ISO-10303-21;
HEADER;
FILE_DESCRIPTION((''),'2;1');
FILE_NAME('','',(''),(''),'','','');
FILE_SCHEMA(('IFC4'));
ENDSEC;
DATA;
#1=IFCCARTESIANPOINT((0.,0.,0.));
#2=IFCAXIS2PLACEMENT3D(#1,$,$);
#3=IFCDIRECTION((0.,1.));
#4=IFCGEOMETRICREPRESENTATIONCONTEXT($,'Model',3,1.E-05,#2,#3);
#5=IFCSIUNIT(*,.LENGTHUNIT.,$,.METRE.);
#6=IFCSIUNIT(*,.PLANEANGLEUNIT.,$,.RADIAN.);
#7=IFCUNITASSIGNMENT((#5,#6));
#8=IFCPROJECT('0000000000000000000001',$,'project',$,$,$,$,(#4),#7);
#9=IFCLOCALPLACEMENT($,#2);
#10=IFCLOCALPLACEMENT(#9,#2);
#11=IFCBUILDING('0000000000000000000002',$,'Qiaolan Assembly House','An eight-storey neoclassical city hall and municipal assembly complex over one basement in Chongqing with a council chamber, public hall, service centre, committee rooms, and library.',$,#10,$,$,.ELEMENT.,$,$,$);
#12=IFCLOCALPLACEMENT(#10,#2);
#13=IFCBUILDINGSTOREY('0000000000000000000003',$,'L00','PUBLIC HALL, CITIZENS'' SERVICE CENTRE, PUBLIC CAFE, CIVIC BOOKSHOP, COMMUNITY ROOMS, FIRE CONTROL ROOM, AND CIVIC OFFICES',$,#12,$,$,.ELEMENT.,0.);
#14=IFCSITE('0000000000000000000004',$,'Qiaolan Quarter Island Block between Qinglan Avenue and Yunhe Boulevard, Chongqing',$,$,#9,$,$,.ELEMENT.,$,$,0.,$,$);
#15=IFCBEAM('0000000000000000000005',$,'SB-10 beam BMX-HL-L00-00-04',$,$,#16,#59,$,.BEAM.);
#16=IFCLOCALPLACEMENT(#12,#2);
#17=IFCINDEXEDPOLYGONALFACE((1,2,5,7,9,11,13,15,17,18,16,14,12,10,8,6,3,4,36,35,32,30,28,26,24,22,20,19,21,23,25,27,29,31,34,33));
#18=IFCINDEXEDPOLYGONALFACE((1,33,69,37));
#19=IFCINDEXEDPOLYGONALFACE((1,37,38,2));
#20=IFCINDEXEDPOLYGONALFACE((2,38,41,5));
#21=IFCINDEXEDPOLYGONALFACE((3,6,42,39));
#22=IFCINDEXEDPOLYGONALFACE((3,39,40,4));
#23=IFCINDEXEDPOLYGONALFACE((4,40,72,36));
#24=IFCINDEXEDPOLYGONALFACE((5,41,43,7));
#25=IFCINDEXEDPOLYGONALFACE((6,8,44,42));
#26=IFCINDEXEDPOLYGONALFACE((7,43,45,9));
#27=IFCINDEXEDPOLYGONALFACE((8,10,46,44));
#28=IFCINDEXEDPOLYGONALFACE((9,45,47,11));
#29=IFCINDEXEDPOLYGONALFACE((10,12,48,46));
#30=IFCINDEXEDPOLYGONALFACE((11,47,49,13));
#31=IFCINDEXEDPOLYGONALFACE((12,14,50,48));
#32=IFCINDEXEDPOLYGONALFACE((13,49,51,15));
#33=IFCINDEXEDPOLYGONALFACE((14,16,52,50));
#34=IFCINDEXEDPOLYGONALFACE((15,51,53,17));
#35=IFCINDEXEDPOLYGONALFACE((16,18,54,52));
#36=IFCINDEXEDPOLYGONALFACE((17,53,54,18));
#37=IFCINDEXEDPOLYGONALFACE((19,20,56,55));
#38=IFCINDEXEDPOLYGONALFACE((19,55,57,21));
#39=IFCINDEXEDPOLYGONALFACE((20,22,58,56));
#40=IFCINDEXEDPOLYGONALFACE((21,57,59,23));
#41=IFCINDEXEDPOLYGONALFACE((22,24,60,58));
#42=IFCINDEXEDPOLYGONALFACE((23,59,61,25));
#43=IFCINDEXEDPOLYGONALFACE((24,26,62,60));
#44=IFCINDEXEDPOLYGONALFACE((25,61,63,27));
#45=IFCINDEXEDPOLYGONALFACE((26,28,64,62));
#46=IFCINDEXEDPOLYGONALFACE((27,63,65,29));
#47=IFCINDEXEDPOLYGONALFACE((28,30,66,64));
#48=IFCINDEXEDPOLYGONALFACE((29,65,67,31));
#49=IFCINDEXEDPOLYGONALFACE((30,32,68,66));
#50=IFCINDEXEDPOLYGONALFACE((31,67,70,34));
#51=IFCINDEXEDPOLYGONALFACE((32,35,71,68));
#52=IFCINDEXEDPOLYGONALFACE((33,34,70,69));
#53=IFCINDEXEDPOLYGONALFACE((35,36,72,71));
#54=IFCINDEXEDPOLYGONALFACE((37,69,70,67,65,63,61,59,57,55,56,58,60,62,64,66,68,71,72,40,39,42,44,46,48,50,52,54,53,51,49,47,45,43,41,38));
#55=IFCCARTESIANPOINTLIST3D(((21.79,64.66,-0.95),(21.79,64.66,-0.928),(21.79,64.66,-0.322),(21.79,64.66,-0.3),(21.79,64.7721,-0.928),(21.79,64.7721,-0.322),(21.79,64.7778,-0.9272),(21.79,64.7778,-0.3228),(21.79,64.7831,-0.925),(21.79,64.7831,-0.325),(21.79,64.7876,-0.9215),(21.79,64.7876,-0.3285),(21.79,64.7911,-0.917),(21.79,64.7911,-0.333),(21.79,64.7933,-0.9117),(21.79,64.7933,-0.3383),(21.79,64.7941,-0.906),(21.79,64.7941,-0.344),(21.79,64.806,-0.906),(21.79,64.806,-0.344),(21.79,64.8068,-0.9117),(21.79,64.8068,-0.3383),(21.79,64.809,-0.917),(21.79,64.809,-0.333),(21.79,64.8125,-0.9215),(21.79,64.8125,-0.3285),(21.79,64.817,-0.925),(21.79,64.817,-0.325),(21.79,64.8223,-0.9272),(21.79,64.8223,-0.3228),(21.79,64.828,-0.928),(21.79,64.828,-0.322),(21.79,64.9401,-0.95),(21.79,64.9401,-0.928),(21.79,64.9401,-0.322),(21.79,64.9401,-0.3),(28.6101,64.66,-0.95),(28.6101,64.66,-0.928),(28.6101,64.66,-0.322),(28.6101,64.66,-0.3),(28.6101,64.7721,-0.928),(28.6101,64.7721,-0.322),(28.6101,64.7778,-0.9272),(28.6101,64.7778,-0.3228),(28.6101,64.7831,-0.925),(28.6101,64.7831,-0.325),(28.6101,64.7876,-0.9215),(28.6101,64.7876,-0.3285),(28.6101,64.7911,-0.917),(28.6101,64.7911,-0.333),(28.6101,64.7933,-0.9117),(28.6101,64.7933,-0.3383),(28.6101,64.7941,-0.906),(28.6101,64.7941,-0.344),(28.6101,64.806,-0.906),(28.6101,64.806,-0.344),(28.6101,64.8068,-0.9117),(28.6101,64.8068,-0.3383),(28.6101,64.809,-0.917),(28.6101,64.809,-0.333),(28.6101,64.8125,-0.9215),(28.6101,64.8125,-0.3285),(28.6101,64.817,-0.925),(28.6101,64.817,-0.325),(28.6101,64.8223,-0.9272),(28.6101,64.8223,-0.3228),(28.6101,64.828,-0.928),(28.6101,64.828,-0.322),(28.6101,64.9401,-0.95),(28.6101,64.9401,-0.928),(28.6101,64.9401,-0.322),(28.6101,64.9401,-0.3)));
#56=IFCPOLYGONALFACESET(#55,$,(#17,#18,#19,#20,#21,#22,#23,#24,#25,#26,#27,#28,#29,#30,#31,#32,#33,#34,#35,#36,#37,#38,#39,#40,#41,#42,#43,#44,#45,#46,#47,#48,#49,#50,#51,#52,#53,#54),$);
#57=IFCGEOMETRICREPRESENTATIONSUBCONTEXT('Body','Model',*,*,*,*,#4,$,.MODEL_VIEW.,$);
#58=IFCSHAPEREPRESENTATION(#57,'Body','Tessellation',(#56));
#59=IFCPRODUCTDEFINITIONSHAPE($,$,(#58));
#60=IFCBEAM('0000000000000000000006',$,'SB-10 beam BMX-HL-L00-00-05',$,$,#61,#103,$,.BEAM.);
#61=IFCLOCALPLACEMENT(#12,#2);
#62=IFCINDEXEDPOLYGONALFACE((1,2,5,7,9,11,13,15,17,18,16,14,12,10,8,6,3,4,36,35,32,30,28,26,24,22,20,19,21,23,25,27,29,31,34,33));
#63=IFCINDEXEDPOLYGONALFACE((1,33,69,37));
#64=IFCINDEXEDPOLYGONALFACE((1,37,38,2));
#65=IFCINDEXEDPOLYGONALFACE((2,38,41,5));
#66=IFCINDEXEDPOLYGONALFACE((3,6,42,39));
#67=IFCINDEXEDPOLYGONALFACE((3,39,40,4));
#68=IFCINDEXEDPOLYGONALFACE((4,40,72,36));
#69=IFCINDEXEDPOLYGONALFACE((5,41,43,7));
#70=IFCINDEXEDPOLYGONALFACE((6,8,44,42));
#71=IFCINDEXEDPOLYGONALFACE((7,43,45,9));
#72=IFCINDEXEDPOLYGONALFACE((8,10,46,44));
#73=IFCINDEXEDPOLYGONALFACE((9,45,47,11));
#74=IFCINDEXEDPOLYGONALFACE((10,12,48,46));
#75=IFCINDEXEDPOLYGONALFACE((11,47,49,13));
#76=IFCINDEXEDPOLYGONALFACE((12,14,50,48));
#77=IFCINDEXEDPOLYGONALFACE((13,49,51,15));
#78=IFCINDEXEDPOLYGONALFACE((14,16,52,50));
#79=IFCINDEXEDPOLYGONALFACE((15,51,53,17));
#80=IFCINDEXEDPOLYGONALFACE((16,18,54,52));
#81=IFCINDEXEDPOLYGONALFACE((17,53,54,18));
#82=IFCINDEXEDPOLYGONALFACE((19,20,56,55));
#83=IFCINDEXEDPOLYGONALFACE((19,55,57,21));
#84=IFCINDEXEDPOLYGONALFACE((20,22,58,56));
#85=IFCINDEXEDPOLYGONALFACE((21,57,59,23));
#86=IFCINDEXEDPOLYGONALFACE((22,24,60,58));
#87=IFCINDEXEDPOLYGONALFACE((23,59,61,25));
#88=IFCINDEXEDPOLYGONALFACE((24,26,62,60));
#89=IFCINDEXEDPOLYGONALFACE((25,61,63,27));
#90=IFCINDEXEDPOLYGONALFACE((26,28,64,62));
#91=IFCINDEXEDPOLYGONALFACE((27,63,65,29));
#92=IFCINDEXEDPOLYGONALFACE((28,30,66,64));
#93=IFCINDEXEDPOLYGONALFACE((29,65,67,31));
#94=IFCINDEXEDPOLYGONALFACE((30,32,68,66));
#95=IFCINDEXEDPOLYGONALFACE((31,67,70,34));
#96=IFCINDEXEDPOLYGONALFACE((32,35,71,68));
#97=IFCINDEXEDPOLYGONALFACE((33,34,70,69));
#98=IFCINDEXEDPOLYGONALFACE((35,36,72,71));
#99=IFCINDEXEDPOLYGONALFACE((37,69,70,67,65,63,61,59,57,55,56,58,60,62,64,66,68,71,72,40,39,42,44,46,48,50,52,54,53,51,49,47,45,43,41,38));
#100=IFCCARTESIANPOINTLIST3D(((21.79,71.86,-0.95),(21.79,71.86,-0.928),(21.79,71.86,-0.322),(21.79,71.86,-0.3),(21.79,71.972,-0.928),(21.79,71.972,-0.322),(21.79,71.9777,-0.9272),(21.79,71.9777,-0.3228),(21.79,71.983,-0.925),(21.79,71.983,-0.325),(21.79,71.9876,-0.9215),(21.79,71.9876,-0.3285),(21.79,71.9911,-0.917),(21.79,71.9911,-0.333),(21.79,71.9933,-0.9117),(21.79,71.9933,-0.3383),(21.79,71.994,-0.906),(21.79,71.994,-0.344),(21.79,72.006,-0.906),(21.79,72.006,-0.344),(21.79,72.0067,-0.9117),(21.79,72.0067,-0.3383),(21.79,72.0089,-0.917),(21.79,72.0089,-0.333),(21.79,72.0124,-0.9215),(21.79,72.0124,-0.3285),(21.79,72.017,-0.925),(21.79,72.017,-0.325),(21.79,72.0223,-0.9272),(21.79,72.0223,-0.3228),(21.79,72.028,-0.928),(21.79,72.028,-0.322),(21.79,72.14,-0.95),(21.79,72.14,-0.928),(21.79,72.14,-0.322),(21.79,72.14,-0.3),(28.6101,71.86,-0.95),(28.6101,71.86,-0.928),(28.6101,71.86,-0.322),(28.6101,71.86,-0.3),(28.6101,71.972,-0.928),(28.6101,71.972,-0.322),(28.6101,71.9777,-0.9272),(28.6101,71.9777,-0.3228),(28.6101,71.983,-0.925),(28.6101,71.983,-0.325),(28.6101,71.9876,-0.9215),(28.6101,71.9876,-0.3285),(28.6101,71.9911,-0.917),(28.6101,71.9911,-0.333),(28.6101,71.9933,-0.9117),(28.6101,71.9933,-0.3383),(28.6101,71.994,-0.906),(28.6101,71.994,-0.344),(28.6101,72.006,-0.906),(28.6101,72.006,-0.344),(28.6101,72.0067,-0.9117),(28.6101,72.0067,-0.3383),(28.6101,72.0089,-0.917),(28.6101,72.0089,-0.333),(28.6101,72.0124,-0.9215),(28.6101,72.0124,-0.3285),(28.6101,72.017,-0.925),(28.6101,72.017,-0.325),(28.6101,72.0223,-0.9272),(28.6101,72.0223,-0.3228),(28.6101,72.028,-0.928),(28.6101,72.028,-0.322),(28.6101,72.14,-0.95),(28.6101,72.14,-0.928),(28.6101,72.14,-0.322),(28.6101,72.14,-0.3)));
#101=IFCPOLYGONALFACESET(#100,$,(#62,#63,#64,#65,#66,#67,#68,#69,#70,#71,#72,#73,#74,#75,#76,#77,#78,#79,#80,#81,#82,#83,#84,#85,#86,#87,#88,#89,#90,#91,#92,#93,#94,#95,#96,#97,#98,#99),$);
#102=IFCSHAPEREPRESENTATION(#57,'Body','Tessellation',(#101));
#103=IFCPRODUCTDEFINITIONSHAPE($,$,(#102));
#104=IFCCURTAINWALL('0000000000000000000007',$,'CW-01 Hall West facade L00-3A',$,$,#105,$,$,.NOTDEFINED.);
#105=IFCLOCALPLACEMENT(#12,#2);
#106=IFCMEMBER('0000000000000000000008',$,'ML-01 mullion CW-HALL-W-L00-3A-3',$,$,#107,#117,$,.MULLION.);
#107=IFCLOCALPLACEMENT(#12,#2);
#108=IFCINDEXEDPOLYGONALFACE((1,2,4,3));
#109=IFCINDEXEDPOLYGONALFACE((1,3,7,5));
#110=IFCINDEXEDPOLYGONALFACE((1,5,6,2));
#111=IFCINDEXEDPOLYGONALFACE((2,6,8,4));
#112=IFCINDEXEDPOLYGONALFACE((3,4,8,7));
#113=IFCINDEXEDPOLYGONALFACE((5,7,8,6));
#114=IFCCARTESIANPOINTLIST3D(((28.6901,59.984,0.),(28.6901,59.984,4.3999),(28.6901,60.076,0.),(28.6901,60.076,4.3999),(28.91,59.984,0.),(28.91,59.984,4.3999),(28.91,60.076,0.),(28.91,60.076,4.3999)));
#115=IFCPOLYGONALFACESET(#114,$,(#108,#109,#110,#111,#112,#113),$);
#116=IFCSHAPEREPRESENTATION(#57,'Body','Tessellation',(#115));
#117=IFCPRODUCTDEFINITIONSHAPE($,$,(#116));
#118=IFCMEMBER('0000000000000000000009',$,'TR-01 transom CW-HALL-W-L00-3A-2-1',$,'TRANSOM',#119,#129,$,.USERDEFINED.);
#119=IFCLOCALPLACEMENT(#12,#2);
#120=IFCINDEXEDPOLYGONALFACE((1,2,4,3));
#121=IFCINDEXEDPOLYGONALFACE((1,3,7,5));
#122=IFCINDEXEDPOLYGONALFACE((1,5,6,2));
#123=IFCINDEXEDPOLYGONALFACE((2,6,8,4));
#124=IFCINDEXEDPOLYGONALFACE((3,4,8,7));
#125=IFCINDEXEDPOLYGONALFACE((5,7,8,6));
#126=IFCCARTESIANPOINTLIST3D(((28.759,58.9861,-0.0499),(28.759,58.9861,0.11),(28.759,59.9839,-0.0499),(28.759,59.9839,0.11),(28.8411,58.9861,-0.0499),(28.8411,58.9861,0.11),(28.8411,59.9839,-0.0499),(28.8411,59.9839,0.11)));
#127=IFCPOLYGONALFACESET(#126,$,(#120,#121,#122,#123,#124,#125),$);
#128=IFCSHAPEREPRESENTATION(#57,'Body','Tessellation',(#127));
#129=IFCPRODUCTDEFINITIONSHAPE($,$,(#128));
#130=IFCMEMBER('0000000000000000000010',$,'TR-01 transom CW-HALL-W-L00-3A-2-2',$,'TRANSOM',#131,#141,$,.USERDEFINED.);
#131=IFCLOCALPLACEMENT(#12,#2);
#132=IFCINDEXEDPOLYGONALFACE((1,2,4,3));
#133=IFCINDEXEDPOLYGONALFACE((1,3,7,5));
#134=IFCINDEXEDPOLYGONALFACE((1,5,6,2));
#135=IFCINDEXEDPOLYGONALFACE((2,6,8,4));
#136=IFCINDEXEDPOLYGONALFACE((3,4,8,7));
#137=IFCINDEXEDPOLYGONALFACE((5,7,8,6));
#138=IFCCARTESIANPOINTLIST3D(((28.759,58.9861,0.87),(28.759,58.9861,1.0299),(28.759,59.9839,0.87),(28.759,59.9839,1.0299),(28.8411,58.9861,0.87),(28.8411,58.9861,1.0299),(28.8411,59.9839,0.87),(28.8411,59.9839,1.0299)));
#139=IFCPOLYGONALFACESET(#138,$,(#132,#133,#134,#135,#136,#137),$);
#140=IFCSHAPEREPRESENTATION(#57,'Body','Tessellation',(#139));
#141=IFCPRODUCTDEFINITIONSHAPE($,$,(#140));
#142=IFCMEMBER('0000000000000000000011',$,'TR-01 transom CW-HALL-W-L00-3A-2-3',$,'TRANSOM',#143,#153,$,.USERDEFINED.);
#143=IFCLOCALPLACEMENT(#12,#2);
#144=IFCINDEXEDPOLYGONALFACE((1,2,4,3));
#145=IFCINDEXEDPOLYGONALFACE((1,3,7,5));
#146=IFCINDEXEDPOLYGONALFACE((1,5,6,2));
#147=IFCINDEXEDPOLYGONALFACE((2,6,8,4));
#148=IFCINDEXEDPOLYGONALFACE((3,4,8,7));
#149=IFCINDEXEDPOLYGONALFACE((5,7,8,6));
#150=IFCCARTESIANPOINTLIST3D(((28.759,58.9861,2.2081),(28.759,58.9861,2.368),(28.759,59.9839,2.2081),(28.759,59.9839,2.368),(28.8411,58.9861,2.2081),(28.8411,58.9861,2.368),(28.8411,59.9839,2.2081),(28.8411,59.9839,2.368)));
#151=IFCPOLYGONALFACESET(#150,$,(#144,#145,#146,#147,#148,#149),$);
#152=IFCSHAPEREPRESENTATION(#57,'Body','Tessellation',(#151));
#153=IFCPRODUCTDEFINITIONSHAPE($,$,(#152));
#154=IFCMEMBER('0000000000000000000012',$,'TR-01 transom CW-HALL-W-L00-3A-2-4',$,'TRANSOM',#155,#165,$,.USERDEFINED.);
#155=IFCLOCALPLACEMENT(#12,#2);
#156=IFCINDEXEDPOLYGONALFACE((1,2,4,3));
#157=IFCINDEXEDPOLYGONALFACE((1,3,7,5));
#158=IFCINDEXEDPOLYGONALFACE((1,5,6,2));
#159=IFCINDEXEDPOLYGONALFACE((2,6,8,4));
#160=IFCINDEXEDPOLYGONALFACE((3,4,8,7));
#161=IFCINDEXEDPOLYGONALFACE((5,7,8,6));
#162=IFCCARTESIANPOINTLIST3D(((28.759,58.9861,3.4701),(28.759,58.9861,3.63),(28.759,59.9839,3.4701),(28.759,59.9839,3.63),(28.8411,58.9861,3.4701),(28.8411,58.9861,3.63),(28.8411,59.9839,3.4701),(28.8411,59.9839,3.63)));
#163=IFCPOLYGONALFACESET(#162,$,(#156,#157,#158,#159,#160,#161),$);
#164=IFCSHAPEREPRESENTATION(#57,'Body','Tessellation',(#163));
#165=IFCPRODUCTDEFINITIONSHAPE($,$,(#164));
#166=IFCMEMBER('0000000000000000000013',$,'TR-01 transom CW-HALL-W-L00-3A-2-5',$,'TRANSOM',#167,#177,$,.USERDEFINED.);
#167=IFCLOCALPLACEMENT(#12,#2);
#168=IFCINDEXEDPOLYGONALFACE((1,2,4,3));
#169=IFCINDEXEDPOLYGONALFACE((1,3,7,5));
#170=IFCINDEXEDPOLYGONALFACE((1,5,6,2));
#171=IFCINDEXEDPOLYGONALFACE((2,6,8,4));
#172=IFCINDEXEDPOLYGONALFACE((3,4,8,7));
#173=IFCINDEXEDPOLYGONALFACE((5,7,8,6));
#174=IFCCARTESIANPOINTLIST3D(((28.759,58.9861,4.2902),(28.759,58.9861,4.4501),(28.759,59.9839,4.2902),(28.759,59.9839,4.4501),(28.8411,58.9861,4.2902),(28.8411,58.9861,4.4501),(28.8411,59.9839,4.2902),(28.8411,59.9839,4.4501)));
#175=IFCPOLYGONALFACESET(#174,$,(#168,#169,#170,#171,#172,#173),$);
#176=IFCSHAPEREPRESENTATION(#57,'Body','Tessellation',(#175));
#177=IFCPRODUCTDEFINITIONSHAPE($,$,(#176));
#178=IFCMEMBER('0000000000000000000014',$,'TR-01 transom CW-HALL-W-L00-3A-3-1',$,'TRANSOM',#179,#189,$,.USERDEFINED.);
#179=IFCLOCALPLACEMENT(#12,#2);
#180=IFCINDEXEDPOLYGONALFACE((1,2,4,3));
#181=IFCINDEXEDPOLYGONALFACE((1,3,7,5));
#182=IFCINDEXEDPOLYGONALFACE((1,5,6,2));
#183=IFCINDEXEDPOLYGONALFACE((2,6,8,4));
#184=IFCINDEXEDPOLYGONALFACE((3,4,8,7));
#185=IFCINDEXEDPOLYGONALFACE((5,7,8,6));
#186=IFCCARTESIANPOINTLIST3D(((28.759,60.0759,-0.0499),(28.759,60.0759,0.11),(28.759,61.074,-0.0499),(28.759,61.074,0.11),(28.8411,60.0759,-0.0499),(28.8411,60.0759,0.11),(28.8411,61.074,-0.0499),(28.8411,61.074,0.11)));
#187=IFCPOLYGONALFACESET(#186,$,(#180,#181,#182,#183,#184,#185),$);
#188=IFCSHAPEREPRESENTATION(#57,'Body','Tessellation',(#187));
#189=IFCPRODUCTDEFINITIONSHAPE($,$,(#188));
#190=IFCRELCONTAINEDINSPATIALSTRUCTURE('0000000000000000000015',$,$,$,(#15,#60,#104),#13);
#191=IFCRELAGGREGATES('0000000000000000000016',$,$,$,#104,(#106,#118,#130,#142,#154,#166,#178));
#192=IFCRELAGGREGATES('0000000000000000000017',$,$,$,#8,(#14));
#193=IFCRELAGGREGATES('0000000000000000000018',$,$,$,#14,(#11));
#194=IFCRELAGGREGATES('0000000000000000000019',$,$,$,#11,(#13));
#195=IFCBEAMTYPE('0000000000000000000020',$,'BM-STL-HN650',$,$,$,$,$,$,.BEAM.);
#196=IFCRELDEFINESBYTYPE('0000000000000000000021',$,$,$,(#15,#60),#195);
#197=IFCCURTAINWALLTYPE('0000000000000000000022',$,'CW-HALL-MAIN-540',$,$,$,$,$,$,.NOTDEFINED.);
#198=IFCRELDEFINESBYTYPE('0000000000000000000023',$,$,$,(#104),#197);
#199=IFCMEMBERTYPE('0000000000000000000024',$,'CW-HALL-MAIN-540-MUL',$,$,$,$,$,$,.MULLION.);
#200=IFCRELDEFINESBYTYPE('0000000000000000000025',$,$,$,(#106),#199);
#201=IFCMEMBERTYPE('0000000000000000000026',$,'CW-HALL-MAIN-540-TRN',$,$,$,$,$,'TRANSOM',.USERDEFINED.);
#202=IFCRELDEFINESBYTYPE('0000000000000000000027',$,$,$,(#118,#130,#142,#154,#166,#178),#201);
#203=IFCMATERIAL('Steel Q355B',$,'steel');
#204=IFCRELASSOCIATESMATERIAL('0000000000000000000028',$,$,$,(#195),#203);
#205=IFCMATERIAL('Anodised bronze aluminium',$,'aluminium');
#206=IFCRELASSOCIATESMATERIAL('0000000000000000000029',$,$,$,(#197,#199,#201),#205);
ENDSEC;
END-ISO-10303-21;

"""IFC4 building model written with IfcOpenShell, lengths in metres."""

from ifc_helpers import new_model, si_unit, direction, frame, origin, origin_2d, place, context, subcontext, project, spatial, rectangle, i_section, extrude, material, material_profile, profile_set, type_object, element, aggregate, save


model = new_model("IFC4")

# Units and contexts
model_context = context("Model", 3, precision=1e-05, world=origin(), true_north=direction((0.0, 1.0)))
body_context = subcontext(model_context, "Body", "Model", "MODEL_VIEW")
ifc_project = project(units=[si_unit("LENGTHUNIT", "METRE"), si_unit("PLANEANGLEUNIT", "RADIAN")], contexts=[model_context])

# Site, building, storey
site_placement = place(None, origin())
site = spatial("IfcSite", under=ifc_project, at=site_placement, Name="Qiaolan Quarter Island Block between Qinglan Avenue and Yunhe Boulevard, Chongqing", CompositionType="ELEMENT", RefElevation=0.0)
building_placement = place(site_placement, origin())
building = spatial("IfcBuilding", under=site, at=building_placement, Name="Qiaolan Assembly House", Description="An eight-storey neoclassical city hall and municipal assembly complex over one basement in Chongqing with a council chamber, public hall, service centre, committee rooms, and library.", CompositionType="ELEMENT")
storey_placement = place(building_placement, origin())
storey = spatial("IfcBuildingStorey", under=building, at=storey_placement, Name="L00", Description="PUBLIC HALL, CITIZENS' SERVICE CENTRE, PUBLIC CAFE, CIVIC BOOKSHOP, COMMUNITY ROOMS, FIRE CONTROL ROOM, AND CIVIC OFFICES", CompositionType="ELEMENT", Elevation=0.0)

# Shared definitions
ifc_material_1 = material(Name="Steel Q355B", Category="steel")

# Beams
ifc_material_profile_1 = material_profile(ifc_material_1, i_section(OverallWidth=0.28, OverallDepth=0.6499, WebThickness=0.012, FlangeThickness=0.022, FilletRadius=0.022, at=origin_2d()), Name="HN 650x280x12x22")
ifc_profile_set_1 = profile_set([ifc_material_profile_1], Name="Steel Q355B")
beam_type_1 = type_object("IfcBeamType", Name="BM-STL-HN650", PredefinedType="BEAM", material=ifc_profile_set_1)
for number, where, z_axis, x_axis, name in (
    (1, (21.79, 64.8, -0.625), (1.0, 0.0, 0.0), (0.0, 1.0, 0.0), "SB-10 beam BMX-HL-L00-00-04"),
    (2, (21.79, 72.0, -0.625), (1.0, 0.0, 0.0), (0.0, 1.0, 0.0), "SB-10 beam BMX-HL-L00-00-05"),
):
    element("IfcBeam", number, at=place(storey_placement, frame(where, z_axis=z_axis, x_axis=x_axis)), inside=storey, type_object=beam_type_1, Name=name, PredefinedType="BEAM", context=body_context, shape_type="SweptSolid", body=[
        extrude(i_section(OverallWidth=0.28, OverallDepth=0.6499, WebThickness=0.012, FlangeThickness=0.022, FilletRadius=0.022, at=origin_2d()), origin(), (0.0, 0.0, 1.0), 6.8201),
    ])

# Curtain wall, members
ifc_material_2 = material(Name="Anodised bronze aluminium", Category="aluminium")
curtain_wall_type = type_object("IfcCurtainWallType", Name="CW-HALL-MAIN-540", PredefinedType="NOTDEFINED", material=ifc_material_2)
curtain_wall_placement = place(storey_placement, origin())
curtain_wall = element("IfcCurtainWall", 3, at=curtain_wall_placement, inside=storey, type_object=curtain_wall_type, Name="CW-01 Hall West facade L00-3A", PredefinedType="NOTDEFINED")
ifc_material_profile_2 = material_profile(ifc_material_2, rectangle(XDim=0.092, YDim=0.22, at=origin_2d()), Name="MUL 92x220")
ifc_profile_set_2 = profile_set([ifc_material_profile_2], Name="Anodised bronze aluminium")
member_type_1 = type_object("IfcMemberType", Name="CW-HALL-MAIN-540-MUL", PredefinedType="MULLION", material=ifc_profile_set_2)
member_1_placement = place(storey_placement, frame((28.8, 60.03, 0.0), z_axis=(0.0, 0.0, 1.0), x_axis=(0.0, 1.0, 0.0)))
member_1 = element("IfcMember", 4, at=member_1_placement, type_object=member_type_1, Name="ML-01 mullion CW-HALL-W-L00-3A-3", PredefinedType="MULLION", context=body_context, shape_type="SweptSolid", body=[
    extrude(rectangle(XDim=0.092, YDim=0.22, at=origin_2d()), origin(), (0.0, 0.0, 1.0), 4.3999),
])
ifc_material_profile_3 = material_profile(ifc_material_2, rectangle(XDim=0.082, YDim=0.1599, at=origin_2d()), Name="TRN 82x160")
ifc_profile_set_3 = profile_set([ifc_material_profile_3], Name="Anodised bronze aluminium")
member_type_2 = type_object("IfcMemberType", Name="CW-HALL-MAIN-540-TRN", ElementType="TRANSOM", PredefinedType="USERDEFINED", material=ifc_profile_set_3)
member_2_placement = place(storey_placement, frame((28.8, 58.9861, 0.03), z_axis=(0.0, 1.0, 0.0), x_axis=(-1.0, 0.0, 0.0)))
member_2 = element("IfcMember", 5, at=member_2_placement, type_object=member_type_2, Name="TR-01 transom CW-HALL-W-L00-3A-2-1", ObjectType="TRANSOM", PredefinedType="USERDEFINED", context=body_context, shape_type="SweptSolid", body=[
    extrude(rectangle(XDim=0.082, YDim=0.1599, at=origin_2d()), origin(), (0.0, 0.0, 1.0), 0.9978),
])
member_3_placement = place(storey_placement, frame((28.8, 58.9861, 0.95), z_axis=(0.0, 1.0, 0.0), x_axis=(-1.0, 0.0, 0.0)))
member_3 = element("IfcMember", 6, at=member_3_placement, type_object=member_type_2, Name="TR-01 transom CW-HALL-W-L00-3A-2-2", ObjectType="TRANSOM", PredefinedType="USERDEFINED", context=body_context, shape_type="SweptSolid", body=[
    extrude(rectangle(XDim=0.082, YDim=0.1599, at=origin_2d()), origin(), (0.0, 0.0, 1.0), 0.9978),
])
member_4_placement = place(storey_placement, frame((28.8, 58.9861, 2.2881), z_axis=(0.0, 1.0, 0.0), x_axis=(-1.0, 0.0, 0.0)))
member_4 = element("IfcMember", 7, at=member_4_placement, type_object=member_type_2, Name="TR-01 transom CW-HALL-W-L00-3A-2-3", ObjectType="TRANSOM", PredefinedType="USERDEFINED", context=body_context, shape_type="SweptSolid", body=[
    extrude(rectangle(XDim=0.082, YDim=0.1599, at=origin_2d()), origin(), (0.0, 0.0, 1.0), 0.9978),
])
member_5_placement = place(storey_placement, frame((28.8, 58.9861, 3.55), z_axis=(0.0, 1.0, 0.0), x_axis=(-1.0, 0.0, 0.0)))
member_5 = element("IfcMember", 8, at=member_5_placement, type_object=member_type_2, Name="TR-01 transom CW-HALL-W-L00-3A-2-4", ObjectType="TRANSOM", PredefinedType="USERDEFINED", context=body_context, shape_type="SweptSolid", body=[
    extrude(rectangle(XDim=0.082, YDim=0.1599, at=origin_2d()), origin(), (0.0, 0.0, 1.0), 0.9978),
])
member_6_placement = place(storey_placement, frame((28.8, 58.9861, 4.3701), z_axis=(0.0, 1.0, 0.0), x_axis=(-1.0, 0.0, 0.0)))
member_6 = element("IfcMember", 9, at=member_6_placement, type_object=member_type_2, Name="TR-01 transom CW-HALL-W-L00-3A-2-5", ObjectType="TRANSOM", PredefinedType="USERDEFINED", context=body_context, shape_type="SweptSolid", body=[
    extrude(rectangle(XDim=0.082, YDim=0.1599, at=origin_2d()), origin(), (0.0, 0.0, 1.0), 0.9978),
])
member_7_placement = place(storey_placement, frame((28.8, 60.0759, 0.03), z_axis=(0.0, 1.0, 0.0), x_axis=(-1.0, 0.0, 0.0)))
member_7 = element("IfcMember", 10, at=member_7_placement, type_object=member_type_2, Name="TR-01 transom CW-HALL-W-L00-3A-3-1", ObjectType="TRANSOM", PredefinedType="USERDEFINED", context=body_context, shape_type="SweptSolid", body=[
    extrude(rectangle(XDim=0.082, YDim=0.1599, at=origin_2d()), origin(), (0.0, 0.0, 1.0), 0.998),
])

aggregate(curtain_wall, [member_1, member_2, member_3, member_4, member_5, member_6, member_7])

save(model, "model.ifc")
